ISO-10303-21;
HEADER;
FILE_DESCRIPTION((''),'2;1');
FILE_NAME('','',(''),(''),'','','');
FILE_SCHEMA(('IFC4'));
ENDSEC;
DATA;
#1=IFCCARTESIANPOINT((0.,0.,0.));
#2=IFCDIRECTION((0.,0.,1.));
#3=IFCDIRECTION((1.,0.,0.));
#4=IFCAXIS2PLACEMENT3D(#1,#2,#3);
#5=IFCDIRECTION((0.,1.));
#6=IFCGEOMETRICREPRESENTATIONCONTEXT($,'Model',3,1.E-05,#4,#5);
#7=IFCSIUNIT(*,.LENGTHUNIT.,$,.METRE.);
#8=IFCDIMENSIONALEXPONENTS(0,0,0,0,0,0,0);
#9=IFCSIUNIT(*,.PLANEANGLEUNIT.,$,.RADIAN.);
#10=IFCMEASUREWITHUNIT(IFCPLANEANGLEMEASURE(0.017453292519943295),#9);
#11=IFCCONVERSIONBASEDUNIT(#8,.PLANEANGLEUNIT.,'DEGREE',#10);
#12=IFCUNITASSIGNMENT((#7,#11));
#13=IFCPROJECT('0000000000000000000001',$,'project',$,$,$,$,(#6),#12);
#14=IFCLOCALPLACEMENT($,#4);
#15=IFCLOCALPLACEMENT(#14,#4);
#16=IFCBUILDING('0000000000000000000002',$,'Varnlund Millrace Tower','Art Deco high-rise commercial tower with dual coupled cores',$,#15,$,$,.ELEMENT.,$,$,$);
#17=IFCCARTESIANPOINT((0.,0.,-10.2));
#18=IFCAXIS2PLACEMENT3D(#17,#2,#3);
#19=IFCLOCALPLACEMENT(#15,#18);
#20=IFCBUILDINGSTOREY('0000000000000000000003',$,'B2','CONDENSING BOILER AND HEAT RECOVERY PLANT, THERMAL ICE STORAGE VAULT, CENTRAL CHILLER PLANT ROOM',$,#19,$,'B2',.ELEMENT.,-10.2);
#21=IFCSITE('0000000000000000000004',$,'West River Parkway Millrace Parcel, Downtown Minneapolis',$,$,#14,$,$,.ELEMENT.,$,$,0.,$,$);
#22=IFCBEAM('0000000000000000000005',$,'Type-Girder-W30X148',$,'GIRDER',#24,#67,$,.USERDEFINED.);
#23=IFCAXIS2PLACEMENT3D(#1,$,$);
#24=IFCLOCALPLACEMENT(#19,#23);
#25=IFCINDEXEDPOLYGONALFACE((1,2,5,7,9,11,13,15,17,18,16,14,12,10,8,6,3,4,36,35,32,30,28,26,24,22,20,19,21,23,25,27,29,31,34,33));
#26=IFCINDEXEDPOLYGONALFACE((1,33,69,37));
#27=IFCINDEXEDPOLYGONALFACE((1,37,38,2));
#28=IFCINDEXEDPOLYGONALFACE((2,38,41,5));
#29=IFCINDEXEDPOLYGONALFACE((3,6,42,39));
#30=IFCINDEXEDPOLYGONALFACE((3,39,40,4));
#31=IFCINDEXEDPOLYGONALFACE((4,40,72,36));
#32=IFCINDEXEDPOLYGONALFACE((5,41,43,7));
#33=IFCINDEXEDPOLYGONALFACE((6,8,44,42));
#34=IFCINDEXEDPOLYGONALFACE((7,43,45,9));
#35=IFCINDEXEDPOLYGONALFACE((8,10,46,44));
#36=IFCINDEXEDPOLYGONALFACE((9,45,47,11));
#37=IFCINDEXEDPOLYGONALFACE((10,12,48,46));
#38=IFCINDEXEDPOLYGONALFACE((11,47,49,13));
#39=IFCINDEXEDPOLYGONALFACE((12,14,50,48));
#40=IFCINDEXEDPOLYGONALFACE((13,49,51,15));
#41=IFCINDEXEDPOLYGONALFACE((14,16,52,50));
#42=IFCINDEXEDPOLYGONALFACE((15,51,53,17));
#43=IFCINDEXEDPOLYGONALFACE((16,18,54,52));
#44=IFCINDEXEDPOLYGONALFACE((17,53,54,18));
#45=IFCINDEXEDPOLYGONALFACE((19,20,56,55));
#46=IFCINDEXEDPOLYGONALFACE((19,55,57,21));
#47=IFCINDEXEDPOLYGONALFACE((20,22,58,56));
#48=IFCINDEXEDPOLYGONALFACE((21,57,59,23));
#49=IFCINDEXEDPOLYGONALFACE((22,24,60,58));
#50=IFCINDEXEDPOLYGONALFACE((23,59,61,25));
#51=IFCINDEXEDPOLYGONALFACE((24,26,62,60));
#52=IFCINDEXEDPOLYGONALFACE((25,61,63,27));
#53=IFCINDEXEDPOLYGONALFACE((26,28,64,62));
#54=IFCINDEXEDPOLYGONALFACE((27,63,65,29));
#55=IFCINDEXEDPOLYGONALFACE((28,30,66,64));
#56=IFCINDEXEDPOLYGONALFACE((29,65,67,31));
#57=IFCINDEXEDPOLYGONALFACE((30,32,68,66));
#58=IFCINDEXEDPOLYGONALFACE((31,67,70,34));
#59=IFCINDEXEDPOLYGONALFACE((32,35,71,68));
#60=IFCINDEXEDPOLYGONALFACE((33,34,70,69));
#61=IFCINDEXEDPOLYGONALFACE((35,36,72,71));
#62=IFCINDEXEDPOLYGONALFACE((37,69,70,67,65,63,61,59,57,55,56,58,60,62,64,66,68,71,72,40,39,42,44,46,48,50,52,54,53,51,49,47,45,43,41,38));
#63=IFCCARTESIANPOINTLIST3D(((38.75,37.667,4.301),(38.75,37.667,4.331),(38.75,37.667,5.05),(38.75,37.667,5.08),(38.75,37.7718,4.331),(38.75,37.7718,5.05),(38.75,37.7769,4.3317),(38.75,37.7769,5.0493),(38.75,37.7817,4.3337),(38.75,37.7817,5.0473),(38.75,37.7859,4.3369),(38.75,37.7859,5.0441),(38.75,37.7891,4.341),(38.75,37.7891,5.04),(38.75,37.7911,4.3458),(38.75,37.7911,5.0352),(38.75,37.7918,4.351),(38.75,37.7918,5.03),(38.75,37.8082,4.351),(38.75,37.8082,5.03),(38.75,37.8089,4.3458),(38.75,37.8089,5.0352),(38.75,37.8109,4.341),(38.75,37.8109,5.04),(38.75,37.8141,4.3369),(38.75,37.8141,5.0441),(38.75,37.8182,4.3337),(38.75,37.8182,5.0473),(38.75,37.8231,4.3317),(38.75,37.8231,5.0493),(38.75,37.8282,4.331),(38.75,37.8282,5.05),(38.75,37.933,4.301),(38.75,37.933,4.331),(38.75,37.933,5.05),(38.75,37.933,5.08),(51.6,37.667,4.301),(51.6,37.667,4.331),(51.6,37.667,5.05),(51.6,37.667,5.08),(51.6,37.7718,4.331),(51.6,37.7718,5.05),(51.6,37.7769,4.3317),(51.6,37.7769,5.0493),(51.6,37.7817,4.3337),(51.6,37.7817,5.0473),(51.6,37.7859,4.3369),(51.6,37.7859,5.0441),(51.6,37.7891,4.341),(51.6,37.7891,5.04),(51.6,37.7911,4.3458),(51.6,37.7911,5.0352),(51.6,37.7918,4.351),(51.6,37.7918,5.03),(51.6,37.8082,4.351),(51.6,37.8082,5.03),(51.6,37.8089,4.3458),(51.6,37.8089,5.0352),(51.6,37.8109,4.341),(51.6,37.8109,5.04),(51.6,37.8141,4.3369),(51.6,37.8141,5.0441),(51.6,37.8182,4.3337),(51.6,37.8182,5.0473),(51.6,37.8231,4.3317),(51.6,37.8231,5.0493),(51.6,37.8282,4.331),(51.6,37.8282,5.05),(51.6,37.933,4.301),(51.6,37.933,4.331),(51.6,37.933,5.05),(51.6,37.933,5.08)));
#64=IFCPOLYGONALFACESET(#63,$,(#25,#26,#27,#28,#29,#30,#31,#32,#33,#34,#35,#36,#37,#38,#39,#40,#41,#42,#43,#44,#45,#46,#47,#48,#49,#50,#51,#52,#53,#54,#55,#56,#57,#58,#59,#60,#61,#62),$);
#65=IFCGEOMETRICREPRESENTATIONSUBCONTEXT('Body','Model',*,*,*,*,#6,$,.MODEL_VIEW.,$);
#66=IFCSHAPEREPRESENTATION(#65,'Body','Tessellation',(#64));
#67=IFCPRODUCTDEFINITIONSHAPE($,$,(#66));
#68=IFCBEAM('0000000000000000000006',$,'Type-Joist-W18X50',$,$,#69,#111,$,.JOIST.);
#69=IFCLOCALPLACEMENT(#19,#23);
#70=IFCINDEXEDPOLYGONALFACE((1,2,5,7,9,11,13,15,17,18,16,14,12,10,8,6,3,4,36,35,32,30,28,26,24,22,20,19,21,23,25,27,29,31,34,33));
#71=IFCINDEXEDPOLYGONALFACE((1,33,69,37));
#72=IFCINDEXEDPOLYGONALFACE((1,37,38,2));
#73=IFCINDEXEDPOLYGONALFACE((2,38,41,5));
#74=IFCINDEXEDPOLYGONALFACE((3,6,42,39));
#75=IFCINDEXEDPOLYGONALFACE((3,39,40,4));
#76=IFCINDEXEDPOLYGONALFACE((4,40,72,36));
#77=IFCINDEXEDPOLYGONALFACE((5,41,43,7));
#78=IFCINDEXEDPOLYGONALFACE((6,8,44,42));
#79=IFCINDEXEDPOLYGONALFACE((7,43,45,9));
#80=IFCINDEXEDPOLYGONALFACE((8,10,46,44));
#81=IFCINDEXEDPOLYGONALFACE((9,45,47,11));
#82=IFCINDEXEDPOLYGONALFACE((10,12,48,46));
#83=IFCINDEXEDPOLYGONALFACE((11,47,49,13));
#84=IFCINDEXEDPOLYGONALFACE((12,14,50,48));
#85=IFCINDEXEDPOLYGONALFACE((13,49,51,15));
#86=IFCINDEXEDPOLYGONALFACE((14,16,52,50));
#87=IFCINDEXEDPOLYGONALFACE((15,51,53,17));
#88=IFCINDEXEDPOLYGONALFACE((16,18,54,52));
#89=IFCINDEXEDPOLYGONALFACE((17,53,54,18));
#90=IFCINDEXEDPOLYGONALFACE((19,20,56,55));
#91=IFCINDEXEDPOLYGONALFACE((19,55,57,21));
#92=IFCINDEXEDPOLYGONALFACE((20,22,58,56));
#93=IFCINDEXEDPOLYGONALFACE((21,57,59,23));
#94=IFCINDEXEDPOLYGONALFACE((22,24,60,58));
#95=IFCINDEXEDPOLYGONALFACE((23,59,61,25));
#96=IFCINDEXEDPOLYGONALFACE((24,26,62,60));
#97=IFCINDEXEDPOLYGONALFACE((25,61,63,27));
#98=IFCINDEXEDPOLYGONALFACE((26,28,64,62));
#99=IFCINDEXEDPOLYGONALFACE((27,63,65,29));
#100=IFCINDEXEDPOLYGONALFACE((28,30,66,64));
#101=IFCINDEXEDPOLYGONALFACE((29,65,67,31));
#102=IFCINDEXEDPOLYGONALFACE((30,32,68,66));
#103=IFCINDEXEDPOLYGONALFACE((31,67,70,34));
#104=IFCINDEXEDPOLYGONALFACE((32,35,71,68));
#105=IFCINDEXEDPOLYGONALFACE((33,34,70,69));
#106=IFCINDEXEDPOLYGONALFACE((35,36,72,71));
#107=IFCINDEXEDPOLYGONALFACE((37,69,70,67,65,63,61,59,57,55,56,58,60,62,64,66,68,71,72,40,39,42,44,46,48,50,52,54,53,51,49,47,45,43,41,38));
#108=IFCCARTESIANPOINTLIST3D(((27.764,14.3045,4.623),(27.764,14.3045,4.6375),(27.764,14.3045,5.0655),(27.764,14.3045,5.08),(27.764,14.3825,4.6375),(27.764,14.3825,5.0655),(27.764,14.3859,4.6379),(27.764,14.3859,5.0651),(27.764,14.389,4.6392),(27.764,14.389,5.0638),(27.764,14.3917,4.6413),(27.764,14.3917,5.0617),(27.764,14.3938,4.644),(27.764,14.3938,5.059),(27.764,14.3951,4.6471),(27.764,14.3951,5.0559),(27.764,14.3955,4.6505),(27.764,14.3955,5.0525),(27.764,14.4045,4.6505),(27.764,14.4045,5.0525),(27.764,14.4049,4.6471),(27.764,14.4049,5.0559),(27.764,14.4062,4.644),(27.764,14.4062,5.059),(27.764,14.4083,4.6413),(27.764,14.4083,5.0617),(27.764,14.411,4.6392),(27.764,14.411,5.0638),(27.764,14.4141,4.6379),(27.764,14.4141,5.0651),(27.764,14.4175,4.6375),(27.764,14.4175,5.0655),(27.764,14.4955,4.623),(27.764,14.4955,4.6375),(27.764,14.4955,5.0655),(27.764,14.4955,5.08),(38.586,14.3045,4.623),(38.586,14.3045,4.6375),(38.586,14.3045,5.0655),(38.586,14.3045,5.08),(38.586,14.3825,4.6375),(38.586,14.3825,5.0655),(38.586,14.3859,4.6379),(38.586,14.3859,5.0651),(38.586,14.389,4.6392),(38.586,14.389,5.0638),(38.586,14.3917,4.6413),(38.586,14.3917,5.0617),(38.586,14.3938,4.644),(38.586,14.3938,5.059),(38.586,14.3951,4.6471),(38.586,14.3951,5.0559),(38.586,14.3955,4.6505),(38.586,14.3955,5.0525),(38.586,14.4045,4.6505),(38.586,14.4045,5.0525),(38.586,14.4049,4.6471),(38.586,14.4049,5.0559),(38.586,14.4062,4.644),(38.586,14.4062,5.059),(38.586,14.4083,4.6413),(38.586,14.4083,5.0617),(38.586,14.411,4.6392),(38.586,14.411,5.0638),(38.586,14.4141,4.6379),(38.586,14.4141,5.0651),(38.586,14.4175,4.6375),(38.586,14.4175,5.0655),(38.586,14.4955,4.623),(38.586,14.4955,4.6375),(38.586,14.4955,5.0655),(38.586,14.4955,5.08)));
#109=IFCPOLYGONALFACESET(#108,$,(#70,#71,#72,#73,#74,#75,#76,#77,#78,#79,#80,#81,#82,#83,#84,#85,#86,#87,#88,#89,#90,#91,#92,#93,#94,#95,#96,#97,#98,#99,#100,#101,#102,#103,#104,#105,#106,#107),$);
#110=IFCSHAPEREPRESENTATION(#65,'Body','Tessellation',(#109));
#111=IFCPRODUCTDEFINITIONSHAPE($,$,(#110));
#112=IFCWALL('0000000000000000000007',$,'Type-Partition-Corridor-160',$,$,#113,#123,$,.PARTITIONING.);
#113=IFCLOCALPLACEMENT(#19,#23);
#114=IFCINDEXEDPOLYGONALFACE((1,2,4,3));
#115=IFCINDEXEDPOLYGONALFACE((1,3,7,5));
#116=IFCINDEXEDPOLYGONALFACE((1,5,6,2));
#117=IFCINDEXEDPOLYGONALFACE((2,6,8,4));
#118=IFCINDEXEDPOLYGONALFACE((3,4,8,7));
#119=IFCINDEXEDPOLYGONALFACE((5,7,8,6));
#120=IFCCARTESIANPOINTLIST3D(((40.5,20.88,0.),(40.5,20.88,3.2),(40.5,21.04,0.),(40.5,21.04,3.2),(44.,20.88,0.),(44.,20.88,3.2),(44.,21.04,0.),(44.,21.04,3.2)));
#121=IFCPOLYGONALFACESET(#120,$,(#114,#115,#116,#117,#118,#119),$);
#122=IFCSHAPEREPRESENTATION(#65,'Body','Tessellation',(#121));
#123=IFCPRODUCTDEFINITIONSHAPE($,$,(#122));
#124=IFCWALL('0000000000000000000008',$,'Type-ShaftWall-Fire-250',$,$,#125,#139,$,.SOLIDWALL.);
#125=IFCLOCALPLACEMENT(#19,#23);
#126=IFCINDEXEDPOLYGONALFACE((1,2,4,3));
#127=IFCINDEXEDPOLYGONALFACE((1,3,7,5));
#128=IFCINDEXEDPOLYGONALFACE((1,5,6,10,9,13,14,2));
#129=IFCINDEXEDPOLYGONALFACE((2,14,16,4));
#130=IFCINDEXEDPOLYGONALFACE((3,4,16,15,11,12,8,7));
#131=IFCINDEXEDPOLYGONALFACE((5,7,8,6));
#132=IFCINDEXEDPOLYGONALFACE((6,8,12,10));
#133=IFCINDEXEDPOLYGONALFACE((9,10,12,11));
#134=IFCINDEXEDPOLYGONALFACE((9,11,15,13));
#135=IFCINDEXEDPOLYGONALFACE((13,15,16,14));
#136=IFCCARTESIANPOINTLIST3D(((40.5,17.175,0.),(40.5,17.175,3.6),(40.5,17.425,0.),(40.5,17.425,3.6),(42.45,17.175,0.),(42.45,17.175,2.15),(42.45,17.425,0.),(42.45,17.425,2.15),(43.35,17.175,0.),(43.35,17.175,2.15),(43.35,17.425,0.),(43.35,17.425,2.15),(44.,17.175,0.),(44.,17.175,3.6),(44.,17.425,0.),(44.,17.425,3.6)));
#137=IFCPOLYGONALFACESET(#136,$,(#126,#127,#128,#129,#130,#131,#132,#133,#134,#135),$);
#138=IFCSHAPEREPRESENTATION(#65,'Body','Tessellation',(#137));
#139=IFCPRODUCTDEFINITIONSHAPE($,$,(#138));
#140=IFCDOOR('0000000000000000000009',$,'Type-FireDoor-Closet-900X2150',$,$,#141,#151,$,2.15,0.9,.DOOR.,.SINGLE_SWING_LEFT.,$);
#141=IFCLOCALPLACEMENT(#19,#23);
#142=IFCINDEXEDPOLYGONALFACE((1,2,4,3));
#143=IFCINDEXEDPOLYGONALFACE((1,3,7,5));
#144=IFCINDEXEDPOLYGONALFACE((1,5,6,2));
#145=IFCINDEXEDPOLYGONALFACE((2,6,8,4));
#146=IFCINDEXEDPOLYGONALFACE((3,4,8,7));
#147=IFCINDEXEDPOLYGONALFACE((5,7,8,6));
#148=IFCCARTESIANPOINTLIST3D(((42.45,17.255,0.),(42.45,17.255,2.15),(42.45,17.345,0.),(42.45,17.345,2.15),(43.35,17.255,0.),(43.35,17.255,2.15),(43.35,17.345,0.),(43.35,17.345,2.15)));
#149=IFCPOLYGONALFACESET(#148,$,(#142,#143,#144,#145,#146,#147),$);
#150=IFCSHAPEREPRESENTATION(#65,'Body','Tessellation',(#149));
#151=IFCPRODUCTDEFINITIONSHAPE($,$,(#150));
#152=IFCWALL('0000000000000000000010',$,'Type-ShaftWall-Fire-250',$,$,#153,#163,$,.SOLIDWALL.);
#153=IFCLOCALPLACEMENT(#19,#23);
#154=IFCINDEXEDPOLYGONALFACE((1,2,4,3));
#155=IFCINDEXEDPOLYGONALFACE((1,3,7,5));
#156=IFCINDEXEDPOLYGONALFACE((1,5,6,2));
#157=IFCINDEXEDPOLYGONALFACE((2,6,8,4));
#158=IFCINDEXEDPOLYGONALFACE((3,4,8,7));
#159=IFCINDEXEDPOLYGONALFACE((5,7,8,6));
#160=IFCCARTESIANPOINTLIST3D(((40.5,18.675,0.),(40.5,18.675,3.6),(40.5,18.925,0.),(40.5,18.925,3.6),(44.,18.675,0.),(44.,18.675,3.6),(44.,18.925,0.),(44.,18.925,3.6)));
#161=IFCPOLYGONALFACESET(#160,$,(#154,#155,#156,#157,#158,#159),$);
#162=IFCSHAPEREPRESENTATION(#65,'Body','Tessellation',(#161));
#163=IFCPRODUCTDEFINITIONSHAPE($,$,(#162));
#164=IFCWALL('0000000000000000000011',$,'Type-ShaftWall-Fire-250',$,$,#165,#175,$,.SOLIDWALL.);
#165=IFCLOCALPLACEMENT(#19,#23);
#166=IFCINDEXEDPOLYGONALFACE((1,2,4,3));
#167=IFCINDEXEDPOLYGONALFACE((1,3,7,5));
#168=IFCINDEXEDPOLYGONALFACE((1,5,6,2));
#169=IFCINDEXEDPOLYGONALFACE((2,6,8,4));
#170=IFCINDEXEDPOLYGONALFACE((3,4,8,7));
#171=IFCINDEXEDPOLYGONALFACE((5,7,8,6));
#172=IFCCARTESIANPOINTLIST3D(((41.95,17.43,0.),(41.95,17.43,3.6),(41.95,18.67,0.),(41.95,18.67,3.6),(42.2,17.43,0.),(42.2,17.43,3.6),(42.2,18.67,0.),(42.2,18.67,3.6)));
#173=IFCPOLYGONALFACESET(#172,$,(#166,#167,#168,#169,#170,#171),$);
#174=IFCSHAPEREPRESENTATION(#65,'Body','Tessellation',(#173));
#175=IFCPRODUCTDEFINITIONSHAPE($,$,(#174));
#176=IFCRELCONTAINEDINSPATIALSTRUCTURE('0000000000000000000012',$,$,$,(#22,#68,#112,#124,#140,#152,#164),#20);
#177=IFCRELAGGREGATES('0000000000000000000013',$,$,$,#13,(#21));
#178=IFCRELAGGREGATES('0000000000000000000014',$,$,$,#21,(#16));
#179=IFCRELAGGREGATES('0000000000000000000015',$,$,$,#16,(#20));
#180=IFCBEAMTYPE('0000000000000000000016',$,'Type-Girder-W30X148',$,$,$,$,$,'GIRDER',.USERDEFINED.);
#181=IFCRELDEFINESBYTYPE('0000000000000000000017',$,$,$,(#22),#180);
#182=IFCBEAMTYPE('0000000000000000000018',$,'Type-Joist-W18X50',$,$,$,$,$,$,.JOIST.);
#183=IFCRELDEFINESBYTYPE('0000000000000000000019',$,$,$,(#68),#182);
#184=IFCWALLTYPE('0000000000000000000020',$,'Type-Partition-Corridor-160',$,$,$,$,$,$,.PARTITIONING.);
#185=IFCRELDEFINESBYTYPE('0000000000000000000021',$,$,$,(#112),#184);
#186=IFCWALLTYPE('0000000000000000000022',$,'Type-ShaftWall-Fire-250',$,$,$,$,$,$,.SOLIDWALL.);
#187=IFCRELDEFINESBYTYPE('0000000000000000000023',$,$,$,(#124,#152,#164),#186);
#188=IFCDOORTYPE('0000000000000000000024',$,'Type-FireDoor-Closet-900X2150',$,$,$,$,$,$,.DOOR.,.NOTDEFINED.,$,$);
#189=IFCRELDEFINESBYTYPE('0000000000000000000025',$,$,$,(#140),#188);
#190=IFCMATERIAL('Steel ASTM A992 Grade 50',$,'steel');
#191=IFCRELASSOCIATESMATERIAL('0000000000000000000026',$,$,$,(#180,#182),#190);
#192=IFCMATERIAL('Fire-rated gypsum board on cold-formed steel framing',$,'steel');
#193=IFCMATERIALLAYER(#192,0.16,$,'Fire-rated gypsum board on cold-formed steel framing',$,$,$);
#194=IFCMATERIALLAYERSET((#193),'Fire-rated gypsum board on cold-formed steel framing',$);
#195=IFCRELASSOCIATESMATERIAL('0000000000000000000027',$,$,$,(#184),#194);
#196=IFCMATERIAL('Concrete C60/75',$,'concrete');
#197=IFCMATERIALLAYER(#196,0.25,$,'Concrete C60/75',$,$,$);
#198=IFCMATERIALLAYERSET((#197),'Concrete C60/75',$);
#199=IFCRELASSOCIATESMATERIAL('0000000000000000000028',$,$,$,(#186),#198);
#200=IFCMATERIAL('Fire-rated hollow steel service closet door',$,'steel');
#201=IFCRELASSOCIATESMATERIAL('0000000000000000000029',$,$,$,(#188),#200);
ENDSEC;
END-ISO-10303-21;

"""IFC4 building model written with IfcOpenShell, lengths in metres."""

from ifc_helpers import new_model, entity, si_unit, converted_unit, direction, frame, origin_with_axes, origin_2d_with_axis, place, context, subcontext, project, spatial, polyline, rectangle, i_section, outline, extrude, material, layer, layer_set, material_profile, profile_set, type_object, element, fill, save


model = new_model("IFC4")

# Units and contexts
model_context = context("Model", 3, precision=1e-05, world=origin_with_axes(), true_north=direction((0.0, 1.0)))
body_context = subcontext(model_context, "Body", "Model", "MODEL_VIEW")
ifc_project = project(units=[si_unit("LENGTHUNIT", "METRE"), converted_unit("PLANEANGLEUNIT", "DEGREE", entity("IfcPlaneAngleMeasure", 0.017453292519943295), si_unit("PLANEANGLEUNIT", "RADIAN"), dimensions=[0, 0, 0, 0, 0, 0, 0])], contexts=[model_context])

# Site, building, storey
site_placement = place(None, origin_with_axes())
site = spatial("IfcSite", under=ifc_project, at=site_placement, Name="West River Parkway Millrace Parcel, Downtown Minneapolis", CompositionType="ELEMENT", RefElevation=0.0)
building_placement = place(site_placement, origin_with_axes())
building = spatial("IfcBuilding", under=site, at=building_placement, Name="Varnlund Millrace Tower", Description="Art Deco high-rise commercial tower with dual coupled cores", CompositionType="ELEMENT")
storey_placement = place(building_placement, frame((0.0, 0.0, -10.2), z_axis=(0.0, 0.0, 1.0), x_axis=(1.0, 0.0, 0.0)))
storey = spatial("IfcBuildingStorey", under=building, at=storey_placement, Name="B2", Description="CONDENSING BOILER AND HEAT RECOVERY PLANT, THERMAL ICE STORAGE VAULT, CENTRAL CHILLER PLANT ROOM", LongName="B2", CompositionType="ELEMENT", Elevation=-10.2)

# Beams
ifc_material_1 = material(Name="Steel ASTM A992 Grade 50", Category="steel")
ifc_material_profile_1 = material_profile(ifc_material_1, i_section(OverallWidth=0.266, OverallDepth=0.779, WebThickness=0.0165, FlangeThickness=0.03, FilletRadius=0.02, at=origin_2d_with_axis()), Name="Steel ASTM A992 Grade 50")
ifc_profile_set_1 = profile_set([ifc_material_profile_1], Name="Steel ASTM A992 Grade 50")
beam_type_1 = type_object("IfcBeamType", Name="Type-Girder-W30X148", ElementType="GIRDER", PredefinedType="USERDEFINED", material=ifc_profile_set_1)
beam_1_placement = place(storey_placement, frame((38.75, 37.8, 4.6905), z_axis=(1.0, 0.0, 0.0), x_axis=(0.0, 1.0, 0.0)))
element("IfcBeam", 1, at=beam_1_placement, inside=storey, type_object=beam_type_1, Name="Type-Girder-W30X148", ObjectType="GIRDER", PredefinedType="USERDEFINED", context=body_context, shape_type="SweptSolid", body=[
    extrude(i_section(OverallWidth=0.266, OverallDepth=0.779, WebThickness=0.0165, FlangeThickness=0.03, FilletRadius=0.02, at=origin_2d_with_axis()), origin_with_axes(), (0.0, 0.0, 1.0), 12.85),
])
ifc_material_profile_2 = material_profile(ifc_material_1, i_section(OverallWidth=0.191, OverallDepth=0.457, WebThickness=0.009, FlangeThickness=0.0145, FilletRadius=0.013, at=origin_2d_with_axis()), Name="Steel ASTM A992 Grade 50")
ifc_profile_set_2 = profile_set([ifc_material_profile_2], Name="Steel ASTM A992 Grade 50")
beam_type_2 = type_object("IfcBeamType", Name="Type-Joist-W18X50", PredefinedType="JOIST", material=ifc_profile_set_2)
beam_2_placement = place(storey_placement, frame((27.764, 14.4, 4.8515), z_axis=(1.0, 0.0, 0.0), x_axis=(0.0, 1.0, 0.0)))
element("IfcBeam", 2, at=beam_2_placement, inside=storey, type_object=beam_type_2, Name="Type-Joist-W18X50", PredefinedType="JOIST", context=body_context, shape_type="SweptSolid", body=[
    extrude(i_section(OverallWidth=0.191, OverallDepth=0.457, WebThickness=0.009, FlangeThickness=0.0145, FilletRadius=0.013, at=origin_2d_with_axis()), origin_with_axes(), (0.0, 0.0, 1.0), 10.822),
])

# Wall
ifc_material_2 = material(Name="Fire-rated gypsum board on cold-formed steel framing", Category="steel")
ifc_layer_1 = layer(ifc_material_2, 0.16, Name="Fire-rated gypsum board on cold-formed steel framing")
ifc_layer_set_1 = layer_set([ifc_layer_1], Name="Fire-rated gypsum board on cold-formed steel framing")
wall_type_1 = type_object("IfcWallType", Name="Type-Partition-Corridor-160", PredefinedType="PARTITIONING", material=ifc_layer_set_1)
wall_1_placement = place(storey_placement, frame((40.5, 20.96, 0.0), z_axis=(0.0, 0.0, 1.0), x_axis=(1.0, 0.0, 0.0)))
element("IfcWall", 3, at=wall_1_placement, inside=storey, type_object=wall_type_1, Name="Type-Partition-Corridor-160", PredefinedType="PARTITIONING", context=body_context, shape_type="SweptSolid", body=[
    extrude(outline(polyline([(0.0, -0.08), (3.5, -0.08), (3.5, 0.08), (0.0, 0.08), (0.0, -0.08)])), origin_with_axes(), (0.0, 0.0, 1.0), 3.2),
])

# Wall, opening, door
ifc_material_3 = material(Name="Concrete C60/75", Category="concrete")
ifc_layer_2 = layer(ifc_material_3, 0.25, Name="Concrete C60/75")
ifc_layer_set_2 = layer_set([ifc_layer_2], Name="Concrete C60/75")
wall_type_2 = type_object("IfcWallType", Name="Type-ShaftWall-Fire-250", PredefinedType="SOLIDWALL", material=ifc_layer_set_2)
wall_2_placement = place(storey_placement, frame((40.5, 17.3, 0.0), z_axis=(0.0, 0.0, 1.0), x_axis=(1.0, 0.0, 0.0)))
wall_2 = element("IfcWall", 4, at=wall_2_placement, inside=storey, type_object=wall_type_2, Name="Type-ShaftWall-Fire-250", PredefinedType="SOLIDWALL", context=body_context, shape_type="SweptSolid", body=[
    extrude(outline(polyline([(0.0, -0.125), (3.5, -0.125), (3.5, 0.125), (0.0, 0.125), (0.0, -0.125)])), origin_with_axes(), (0.0, 0.0, 1.0), 3.6),
])
opening_placement = place(wall_2_placement, frame((2.4, 0.0, 0.0), z_axis=(0.0, 0.0, 1.0), x_axis=(1.0, 0.0, 0.0)))
opening = element("IfcOpeningElement", 5, at=opening_placement, cuts=wall_2, PredefinedType="OPENING", context=body_context, shape_type="SweptSolid", body=[
    extrude(rectangle(XDim=0.9, YDim=0.27, at=origin_2d_with_axis()), origin_with_axes(), (0.0, 0.0, 1.0), 2.15),
])
ifc_material_4 = material(Name="Fire-rated hollow steel service closet door", Category="steel")
door_type = type_object("IfcDoorType", Name="Type-FireDoor-Closet-900X2150", OperationType="NOTDEFINED", PredefinedType="DOOR", material=ifc_material_4)
door_placement = place(wall_2_placement, frame((2.4, 0.0, 0.0), z_axis=(0.0, 0.0, 1.0), x_axis=(1.0, 0.0, 0.0)))
door = element("IfcDoor", 6, at=door_placement, inside=storey, type_object=door_type, Name="Type-FireDoor-Closet-900X2150", OperationType="SINGLE_SWING_LEFT", OverallHeight=2.15, OverallWidth=0.9, PredefinedType="DOOR", context=body_context, shape_type="SweptSolid", body=[
    extrude(rectangle(XDim=0.9, YDim=0.09, at=origin_2d_with_axis()), origin_with_axes(), (0.0, 0.0, 1.0), 2.15),
])
fill(opening, door)

# Walls
wall_3_placement = place(storey_placement, frame((40.5, 18.8, 0.0), z_axis=(0.0, 0.0, 1.0), x_axis=(1.0, 0.0, 0.0)))
element("IfcWall", 7, at=wall_3_placement, inside=storey, type_object=wall_type_2, Name="Type-ShaftWall-Fire-250", PredefinedType="SOLIDWALL", context=body_context, shape_type="SweptSolid", body=[
    extrude(outline(polyline([(0.0, -0.125), (3.5, -0.125), (3.5, 0.125), (0.0, 0.125), (0.0, -0.125)])), origin_with_axes(), (0.0, 0.0, 1.0), 3.6),
])
wall_4_placement = place(storey_placement, frame((42.075, 17.43, 0.0), z_axis=(0.0, 0.0, 1.0), x_axis=(0.0, 1.0, 0.0)))
element("IfcWall", 8, at=wall_4_placement, inside=storey, type_object=wall_type_2, Name="Type-ShaftWall-Fire-250", PredefinedType="SOLIDWALL", context=body_context, shape_type="SweptSolid", body=[
    extrude(outline(polyline([(0.0, -0.125), (1.24, -0.125), (1.24, 0.125), (0.0, 0.125), (0.0, -0.125)])), origin_with_axes(), (0.0, 0.0, 1.0), 3.6),
])

save(model, "model.ifc")
